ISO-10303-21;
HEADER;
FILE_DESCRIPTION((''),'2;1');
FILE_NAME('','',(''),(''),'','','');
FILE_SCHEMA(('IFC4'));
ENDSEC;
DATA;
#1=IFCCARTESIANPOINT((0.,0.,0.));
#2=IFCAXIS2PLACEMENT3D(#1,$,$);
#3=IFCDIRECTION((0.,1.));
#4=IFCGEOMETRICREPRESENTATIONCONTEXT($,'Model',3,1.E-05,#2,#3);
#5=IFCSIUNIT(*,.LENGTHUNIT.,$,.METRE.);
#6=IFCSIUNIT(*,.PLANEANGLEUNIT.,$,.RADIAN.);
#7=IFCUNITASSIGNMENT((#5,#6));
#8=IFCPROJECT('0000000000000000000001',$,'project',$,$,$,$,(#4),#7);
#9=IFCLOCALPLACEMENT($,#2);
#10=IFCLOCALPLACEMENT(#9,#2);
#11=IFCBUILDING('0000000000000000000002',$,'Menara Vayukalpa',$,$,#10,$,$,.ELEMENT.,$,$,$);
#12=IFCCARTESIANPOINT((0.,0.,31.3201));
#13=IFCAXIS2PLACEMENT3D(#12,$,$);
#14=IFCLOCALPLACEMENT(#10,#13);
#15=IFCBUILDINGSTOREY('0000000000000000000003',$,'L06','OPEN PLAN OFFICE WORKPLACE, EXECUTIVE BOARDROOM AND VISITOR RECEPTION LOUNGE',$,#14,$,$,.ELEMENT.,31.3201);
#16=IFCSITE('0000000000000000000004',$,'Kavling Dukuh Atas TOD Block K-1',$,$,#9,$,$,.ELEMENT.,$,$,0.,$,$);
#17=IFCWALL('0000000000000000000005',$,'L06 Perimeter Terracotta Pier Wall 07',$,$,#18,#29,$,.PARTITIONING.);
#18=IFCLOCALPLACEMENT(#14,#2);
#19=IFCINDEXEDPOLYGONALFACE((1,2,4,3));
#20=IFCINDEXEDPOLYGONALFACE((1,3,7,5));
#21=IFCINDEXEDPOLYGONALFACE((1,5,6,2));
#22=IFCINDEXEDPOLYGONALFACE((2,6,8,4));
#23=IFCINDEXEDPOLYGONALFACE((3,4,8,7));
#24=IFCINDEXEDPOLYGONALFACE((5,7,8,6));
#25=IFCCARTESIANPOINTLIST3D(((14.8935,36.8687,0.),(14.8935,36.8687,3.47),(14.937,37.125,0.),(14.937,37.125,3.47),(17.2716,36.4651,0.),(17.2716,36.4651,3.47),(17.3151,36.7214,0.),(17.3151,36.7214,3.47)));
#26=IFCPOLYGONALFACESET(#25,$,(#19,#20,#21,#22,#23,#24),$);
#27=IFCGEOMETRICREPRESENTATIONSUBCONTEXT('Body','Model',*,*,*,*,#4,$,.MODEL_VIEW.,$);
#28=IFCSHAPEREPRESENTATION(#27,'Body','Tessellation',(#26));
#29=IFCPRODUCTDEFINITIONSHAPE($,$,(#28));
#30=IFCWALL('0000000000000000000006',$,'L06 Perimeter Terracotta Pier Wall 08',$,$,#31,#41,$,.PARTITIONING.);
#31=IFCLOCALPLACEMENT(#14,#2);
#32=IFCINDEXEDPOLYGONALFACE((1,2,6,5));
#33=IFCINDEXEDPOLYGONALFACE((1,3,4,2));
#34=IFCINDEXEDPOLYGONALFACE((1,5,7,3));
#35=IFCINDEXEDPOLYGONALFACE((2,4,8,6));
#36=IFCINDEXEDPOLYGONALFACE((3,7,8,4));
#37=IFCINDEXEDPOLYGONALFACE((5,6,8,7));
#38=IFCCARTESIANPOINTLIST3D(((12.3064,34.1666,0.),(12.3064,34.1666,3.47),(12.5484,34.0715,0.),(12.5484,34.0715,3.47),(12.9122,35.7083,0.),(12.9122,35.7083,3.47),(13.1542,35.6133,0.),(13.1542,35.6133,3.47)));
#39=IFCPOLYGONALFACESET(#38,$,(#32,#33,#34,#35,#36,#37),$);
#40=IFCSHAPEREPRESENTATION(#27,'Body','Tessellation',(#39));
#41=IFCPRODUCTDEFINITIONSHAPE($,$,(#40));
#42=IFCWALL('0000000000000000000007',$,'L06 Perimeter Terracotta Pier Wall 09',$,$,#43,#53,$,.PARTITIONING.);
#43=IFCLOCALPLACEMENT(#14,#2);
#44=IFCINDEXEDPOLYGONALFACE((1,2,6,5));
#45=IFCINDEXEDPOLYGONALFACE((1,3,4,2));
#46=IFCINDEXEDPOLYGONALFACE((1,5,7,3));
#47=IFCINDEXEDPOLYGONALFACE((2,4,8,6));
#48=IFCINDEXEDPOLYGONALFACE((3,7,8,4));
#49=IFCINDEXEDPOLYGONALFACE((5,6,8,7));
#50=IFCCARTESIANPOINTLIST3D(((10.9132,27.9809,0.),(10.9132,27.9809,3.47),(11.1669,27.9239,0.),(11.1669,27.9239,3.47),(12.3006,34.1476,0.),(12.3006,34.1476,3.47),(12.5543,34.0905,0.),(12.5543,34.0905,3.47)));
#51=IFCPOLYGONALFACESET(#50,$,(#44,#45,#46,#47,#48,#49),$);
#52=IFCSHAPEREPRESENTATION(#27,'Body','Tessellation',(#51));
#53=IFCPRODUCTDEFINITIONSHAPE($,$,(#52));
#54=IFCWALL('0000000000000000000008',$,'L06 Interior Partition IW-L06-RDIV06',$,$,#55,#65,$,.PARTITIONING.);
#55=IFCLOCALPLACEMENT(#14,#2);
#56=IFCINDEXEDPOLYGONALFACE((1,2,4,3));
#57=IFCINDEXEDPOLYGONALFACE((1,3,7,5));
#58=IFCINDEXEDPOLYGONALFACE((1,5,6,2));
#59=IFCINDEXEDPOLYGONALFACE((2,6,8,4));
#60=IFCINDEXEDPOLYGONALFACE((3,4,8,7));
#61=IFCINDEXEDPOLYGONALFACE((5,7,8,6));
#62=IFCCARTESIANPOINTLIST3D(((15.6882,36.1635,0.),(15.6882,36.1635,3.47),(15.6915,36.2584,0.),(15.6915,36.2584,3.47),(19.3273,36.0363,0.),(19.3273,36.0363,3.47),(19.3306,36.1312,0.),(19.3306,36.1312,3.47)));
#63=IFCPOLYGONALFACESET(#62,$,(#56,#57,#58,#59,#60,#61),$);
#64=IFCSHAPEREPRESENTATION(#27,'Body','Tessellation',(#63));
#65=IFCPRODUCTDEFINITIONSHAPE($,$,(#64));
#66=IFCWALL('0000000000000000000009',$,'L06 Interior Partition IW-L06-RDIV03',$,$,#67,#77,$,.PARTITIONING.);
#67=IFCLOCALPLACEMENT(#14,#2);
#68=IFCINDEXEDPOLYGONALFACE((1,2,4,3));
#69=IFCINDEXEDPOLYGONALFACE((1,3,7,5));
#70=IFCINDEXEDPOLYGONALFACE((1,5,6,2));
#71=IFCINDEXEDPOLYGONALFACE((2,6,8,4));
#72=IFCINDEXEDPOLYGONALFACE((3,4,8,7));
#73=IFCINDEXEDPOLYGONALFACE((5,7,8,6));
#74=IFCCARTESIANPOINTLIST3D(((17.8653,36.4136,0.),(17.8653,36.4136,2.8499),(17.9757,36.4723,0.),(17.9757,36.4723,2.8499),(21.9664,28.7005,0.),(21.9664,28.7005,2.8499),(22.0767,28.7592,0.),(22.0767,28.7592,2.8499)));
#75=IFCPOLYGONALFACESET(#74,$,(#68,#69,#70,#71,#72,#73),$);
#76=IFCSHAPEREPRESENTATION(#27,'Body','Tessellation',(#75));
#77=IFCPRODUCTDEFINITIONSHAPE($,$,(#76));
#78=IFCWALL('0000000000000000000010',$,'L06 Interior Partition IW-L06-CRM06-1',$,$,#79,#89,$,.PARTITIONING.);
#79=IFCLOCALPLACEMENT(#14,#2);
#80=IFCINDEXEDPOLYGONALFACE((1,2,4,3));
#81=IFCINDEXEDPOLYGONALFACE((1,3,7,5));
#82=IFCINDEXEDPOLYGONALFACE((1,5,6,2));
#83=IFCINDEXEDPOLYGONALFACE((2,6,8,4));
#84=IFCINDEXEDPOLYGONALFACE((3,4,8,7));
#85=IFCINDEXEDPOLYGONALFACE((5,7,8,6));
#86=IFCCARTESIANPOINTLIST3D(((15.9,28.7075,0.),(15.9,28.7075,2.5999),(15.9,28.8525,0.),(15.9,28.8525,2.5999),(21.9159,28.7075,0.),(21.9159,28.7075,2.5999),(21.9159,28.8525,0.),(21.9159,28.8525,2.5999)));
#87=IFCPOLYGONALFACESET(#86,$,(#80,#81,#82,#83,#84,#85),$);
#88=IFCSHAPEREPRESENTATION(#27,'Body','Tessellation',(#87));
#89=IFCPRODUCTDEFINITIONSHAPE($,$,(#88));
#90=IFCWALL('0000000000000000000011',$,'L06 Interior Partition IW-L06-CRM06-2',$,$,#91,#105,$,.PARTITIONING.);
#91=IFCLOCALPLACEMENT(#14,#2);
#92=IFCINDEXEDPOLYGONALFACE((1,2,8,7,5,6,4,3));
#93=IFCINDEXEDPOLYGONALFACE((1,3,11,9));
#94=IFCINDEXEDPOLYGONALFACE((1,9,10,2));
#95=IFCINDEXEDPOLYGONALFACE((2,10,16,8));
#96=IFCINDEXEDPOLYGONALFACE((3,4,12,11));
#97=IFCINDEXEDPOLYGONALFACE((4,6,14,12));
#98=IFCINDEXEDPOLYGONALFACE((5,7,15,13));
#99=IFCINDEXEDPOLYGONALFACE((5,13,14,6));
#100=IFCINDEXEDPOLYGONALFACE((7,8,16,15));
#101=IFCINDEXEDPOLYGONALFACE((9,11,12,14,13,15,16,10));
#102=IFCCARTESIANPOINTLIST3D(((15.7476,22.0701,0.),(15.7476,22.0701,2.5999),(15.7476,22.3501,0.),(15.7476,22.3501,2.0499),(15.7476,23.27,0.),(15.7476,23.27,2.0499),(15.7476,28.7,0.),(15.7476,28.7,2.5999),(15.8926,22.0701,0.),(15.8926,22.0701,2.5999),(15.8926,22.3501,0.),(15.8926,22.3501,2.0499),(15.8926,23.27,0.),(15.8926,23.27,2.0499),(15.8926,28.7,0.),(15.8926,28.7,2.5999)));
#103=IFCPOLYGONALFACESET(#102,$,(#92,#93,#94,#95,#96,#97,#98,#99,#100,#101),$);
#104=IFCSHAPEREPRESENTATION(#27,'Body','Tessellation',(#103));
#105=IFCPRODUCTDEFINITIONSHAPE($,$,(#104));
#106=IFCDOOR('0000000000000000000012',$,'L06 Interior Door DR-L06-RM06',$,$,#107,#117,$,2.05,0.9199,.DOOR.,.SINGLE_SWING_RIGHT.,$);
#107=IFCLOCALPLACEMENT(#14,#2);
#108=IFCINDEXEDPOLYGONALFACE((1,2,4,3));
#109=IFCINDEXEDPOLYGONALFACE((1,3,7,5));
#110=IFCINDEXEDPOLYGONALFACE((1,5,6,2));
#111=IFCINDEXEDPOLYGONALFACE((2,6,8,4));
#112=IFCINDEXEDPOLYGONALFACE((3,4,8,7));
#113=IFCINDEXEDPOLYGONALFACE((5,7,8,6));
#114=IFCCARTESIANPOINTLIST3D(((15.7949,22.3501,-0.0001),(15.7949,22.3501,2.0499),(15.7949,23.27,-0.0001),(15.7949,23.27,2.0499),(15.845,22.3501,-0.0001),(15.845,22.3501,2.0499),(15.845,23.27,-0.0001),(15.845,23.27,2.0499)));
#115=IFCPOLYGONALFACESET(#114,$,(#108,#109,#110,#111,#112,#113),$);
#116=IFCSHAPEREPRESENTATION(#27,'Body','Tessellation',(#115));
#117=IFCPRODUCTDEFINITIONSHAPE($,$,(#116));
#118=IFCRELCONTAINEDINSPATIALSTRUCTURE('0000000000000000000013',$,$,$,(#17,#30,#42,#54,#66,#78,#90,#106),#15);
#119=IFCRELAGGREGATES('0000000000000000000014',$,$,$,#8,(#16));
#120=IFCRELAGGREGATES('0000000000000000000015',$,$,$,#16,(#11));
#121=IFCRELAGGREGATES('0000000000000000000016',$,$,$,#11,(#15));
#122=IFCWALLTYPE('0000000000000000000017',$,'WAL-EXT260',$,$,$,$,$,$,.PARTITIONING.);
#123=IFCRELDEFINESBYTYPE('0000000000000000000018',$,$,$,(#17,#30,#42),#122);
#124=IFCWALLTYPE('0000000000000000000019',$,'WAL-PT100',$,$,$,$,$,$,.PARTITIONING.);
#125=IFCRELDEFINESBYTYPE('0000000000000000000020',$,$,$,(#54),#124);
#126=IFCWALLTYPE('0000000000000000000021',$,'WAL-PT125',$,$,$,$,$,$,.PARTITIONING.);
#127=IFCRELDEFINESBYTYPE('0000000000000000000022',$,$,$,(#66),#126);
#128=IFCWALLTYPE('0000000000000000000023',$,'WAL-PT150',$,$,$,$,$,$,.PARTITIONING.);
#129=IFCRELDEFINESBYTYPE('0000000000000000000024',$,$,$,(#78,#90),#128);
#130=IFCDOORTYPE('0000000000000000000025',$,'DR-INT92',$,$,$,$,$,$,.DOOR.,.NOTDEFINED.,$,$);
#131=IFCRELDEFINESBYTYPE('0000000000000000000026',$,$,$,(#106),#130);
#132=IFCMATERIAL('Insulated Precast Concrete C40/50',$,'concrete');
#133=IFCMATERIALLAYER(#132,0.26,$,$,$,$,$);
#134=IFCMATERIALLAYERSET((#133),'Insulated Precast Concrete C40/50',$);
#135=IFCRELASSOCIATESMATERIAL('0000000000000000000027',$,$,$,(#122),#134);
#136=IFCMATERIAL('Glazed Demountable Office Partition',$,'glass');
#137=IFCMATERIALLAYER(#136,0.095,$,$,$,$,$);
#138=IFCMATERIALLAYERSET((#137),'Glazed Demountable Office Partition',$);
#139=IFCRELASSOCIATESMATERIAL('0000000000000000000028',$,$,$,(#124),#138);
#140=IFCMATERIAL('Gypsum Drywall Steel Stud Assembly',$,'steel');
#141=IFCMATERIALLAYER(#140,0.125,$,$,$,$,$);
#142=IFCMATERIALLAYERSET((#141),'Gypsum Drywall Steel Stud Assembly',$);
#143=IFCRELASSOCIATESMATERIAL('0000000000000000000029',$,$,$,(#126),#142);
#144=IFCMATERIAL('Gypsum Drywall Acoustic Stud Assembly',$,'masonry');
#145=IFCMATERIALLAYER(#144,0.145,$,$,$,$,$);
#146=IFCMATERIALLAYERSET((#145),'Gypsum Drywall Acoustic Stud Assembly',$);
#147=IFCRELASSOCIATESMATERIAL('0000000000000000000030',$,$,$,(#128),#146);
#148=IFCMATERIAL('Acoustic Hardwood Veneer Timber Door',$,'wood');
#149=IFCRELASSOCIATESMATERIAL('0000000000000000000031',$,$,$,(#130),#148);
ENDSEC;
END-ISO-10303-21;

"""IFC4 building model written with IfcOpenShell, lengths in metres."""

from ifc_helpers import new_model, si_unit, direction, frame, frame_2d, origin, place, context, subcontext, project, spatial, rectangle, extrude, material, layer, layer_set, type_object, element, fill, save


model = new_model("IFC4")

# Units and contexts
model_context = context("Model", 3, precision=1e-05, world=origin(), true_north=direction((0.0, 1.0)))
body_context = subcontext(model_context, "Body", "Model", "MODEL_VIEW")
ifc_project = project(units=[si_unit("LENGTHUNIT", "METRE"), si_unit("PLANEANGLEUNIT", "RADIAN")], contexts=[model_context])

# Site, building, storey
site_placement = place(None, origin())
site = spatial("IfcSite", under=ifc_project, at=site_placement, Name="Kavling Dukuh Atas TOD Block K-1", CompositionType="ELEMENT", RefElevation=0.0)
building_placement = place(site_placement, origin())
building = spatial("IfcBuilding", under=site, at=building_placement, Name="Menara Vayukalpa", CompositionType="ELEMENT")
storey_placement = place(building_placement, frame((0.0, 0.0, 31.3201)))
storey = spatial("IfcBuildingStorey", under=building, at=storey_placement, Name="L06", Description="OPEN PLAN OFFICE WORKPLACE, EXECUTIVE BOARDROOM AND VISITOR RECEPTION LOUNGE", CompositionType="ELEMENT", Elevation=31.3201)

# Walls
ifc_material_1 = material(Name="Insulated Precast Concrete C40/50", Category="concrete")
ifc_layer_1 = layer(ifc_material_1, 0.26)
ifc_layer_set_1 = layer_set([ifc_layer_1], Name="Insulated Precast Concrete C40/50")
wall_type_1 = type_object("IfcWallType", Name="WAL-EXT260", PredefinedType="PARTITIONING", material=ifc_layer_set_1)
wall_1_placement = place(storey_placement, frame((14.9153, 36.9968, 0.0), z_axis=(0.0, 0.0, 1.0), x_axis=(0.985905, -0.167303, 0.0)))
element("IfcWall", 1, at=wall_1_placement, inside=storey, type_object=wall_type_1, Name="L06 Perimeter Terracotta Pier Wall 07", PredefinedType="PARTITIONING", context=body_context, shape_type="SweptSolid", body=[
    extrude(rectangle(XDim=2.4121, YDim=0.26, at=frame_2d((1.2061, 0.0))), origin(), (0.0, 0.0, 1.0), 3.47),
])
wall_2_placement = place(storey_placement, frame((12.4275, 34.1191, 0.0), z_axis=(0.0, 0.0, 1.0), x_axis=(0.365666, 0.930746, 0.0)))
element("IfcWall", 2, at=wall_2_placement, inside=storey, type_object=wall_type_1, Name="L06 Perimeter Terracotta Pier Wall 08", PredefinedType="PARTITIONING", context=body_context, shape_type="SweptSolid", body=[
    extrude(rectangle(XDim=1.6565, YDim=0.26, at=frame_2d((0.8281, 0.0))), origin(), (0.0, 0.0, 1.0), 3.47),
])
wall_3_placement = place(storey_placement, frame((11.04, 27.9524, 0.0), z_axis=(0.0, 0.0, 1.0), x_axis=(0.219502, 0.975612, 0.0)))
element("IfcWall", 3, at=wall_3_placement, inside=storey, type_object=wall_type_1, Name="L06 Perimeter Terracotta Pier Wall 09", PredefinedType="PARTITIONING", context=body_context, shape_type="SweptSolid", body=[
    extrude(rectangle(XDim=6.3208, YDim=0.26, at=frame_2d((3.1604, 0.0))), origin(), (0.0, 0.0, 1.0), 3.47),
])
ifc_material_2 = material(Name="Glazed Demountable Office Partition", Category="glass")
ifc_layer_2 = layer(ifc_material_2, 0.095)
ifc_layer_set_2 = layer_set([ifc_layer_2], Name="Glazed Demountable Office Partition")
wall_type_2 = type_object("IfcWallType", Name="WAL-PT100", PredefinedType="PARTITIONING", material=ifc_layer_set_2)
wall_4_placement = place(storey_placement, frame((19.3291, 36.0837, 0.0), z_axis=(0.0, 0.0, 1.0), x_axis=(-0.99939, 0.034931, 0.0)))
element("IfcWall", 4, at=wall_4_placement, inside=storey, type_object=wall_type_2, Name="L06 Interior Partition IW-L06-RDIV06", PredefinedType="PARTITIONING", context=body_context, shape_type="SweptSolid", body=[
    extrude(rectangle(XDim=3.6414, YDim=0.095, at=frame_2d((1.8208, 0.0))), origin(), (0.0, 0.0, 1.0), 3.47),
])
ifc_material_3 = material(Name="Gypsum Drywall Steel Stud Assembly", Category="steel")
ifc_layer_3 = layer(ifc_material_3, 0.125)
ifc_layer_set_3 = layer_set([ifc_layer_3], Name="Gypsum Drywall Steel Stud Assembly")
wall_type_3 = type_object("IfcWallType", Name="WAL-PT125", PredefinedType="PARTITIONING", material=ifc_layer_set_3)
wall_5_placement = place(storey_placement, frame((22.0215, 28.73, 0.0), z_axis=(0.0, 0.0, 1.0), x_axis=(-0.469465, 0.882951, 0.0)))
element("IfcWall", 5, at=wall_5_placement, inside=storey, type_object=wall_type_3, Name="L06 Interior Partition IW-L06-RDIV03", PredefinedType="PARTITIONING", context=body_context, shape_type="SweptSolid", body=[
    extrude(rectangle(XDim=8.7356, YDim=0.125, at=frame_2d((4.3677, 0.0))), origin(), (0.0, 0.0, 1.0), 2.8499),
])
ifc_material_4 = material(Name="Gypsum Drywall Acoustic Stud Assembly", Category="masonry")
ifc_layer_4 = layer(ifc_material_4, 0.145)
ifc_layer_set_4 = layer_set([ifc_layer_4], Name="Gypsum Drywall Acoustic Stud Assembly")
wall_type_4 = type_object("IfcWallType", Name="WAL-PT150", PredefinedType="PARTITIONING", material=ifc_layer_set_4)
wall_6_placement = place(storey_placement, frame((21.9158, 28.78, 0.0), z_axis=(0.0, 0.0, 1.0), x_axis=(-1.0, 0.0, 0.0)))
element("IfcWall", 6, at=wall_6_placement, inside=storey, type_object=wall_type_4, Name="L06 Interior Partition IW-L06-CRM06-1", PredefinedType="PARTITIONING", context=body_context, shape_type="SweptSolid", body=[
    extrude(rectangle(XDim=6.0159, YDim=0.145, at=frame_2d((3.0078, 0.0))), origin(), (0.0, 0.0, 1.0), 2.5999),
])

# Wall, opening, door
wall_7_placement = place(storey_placement, frame((15.8201, 28.7, 0.0), z_axis=(0.0, 0.0, 1.0), x_axis=(0.0, -1.0, 0.0)))
wall_7 = element("IfcWall", 7, at=wall_7_placement, inside=storey, type_object=wall_type_4, Name="L06 Interior Partition IW-L06-CRM06-2", PredefinedType="PARTITIONING", context=body_context, shape_type="SweptSolid", body=[
    extrude(rectangle(XDim=6.6299, YDim=0.145, at=frame_2d((3.3149, 0.0))), origin(), (0.0, 0.0, 1.0), 2.5999),
])
opening_placement = place(wall_7_placement, frame((5.4299, 0.0, 0.0)))
opening = element("IfcOpeningElement", 8, at=opening_placement, cuts=wall_7, PredefinedType="OPENING", context=body_context, shape_type="SweptSolid", body=[
    extrude(rectangle(XDim=0.9199, YDim=2.05, at=frame_2d((0.46, 1.0249))), frame((0.0, 0.0825, 0.0), z_axis=(0.0, -1.0, 0.0), x_axis=(1.0, 0.0, 0.0)), (0.0, 0.0, 1.0), 0.165),
])
ifc_material_5 = material(Name="Acoustic Hardwood Veneer Timber Door", Category="wood")
door_type = type_object("IfcDoorType", Name="DR-INT92", OperationType="NOTDEFINED", PredefinedType="DOOR", material=ifc_material_5)
door_placement = place(opening_placement, origin())
door = element("IfcDoor", 9, at=door_placement, inside=storey, type_object=door_type, Name="L06 Interior Door DR-L06-RM06", OperationType="SINGLE_SWING_RIGHT", OverallHeight=2.05, OverallWidth=0.9199, PredefinedType="DOOR", context=body_context, shape_type="SweptSolid", body=[
    extrude(rectangle(XDim=0.9199, YDim=2.05, at=frame_2d((0.46, 1.0249))), frame((0.0, 0.0249, 0.0), z_axis=(0.0, -1.0, 0.0), x_axis=(1.0, 0.0, 0.0)), (0.0, 0.0, 1.0), 0.05),
])
fill(opening, door)

save(model, "model.ifc")
